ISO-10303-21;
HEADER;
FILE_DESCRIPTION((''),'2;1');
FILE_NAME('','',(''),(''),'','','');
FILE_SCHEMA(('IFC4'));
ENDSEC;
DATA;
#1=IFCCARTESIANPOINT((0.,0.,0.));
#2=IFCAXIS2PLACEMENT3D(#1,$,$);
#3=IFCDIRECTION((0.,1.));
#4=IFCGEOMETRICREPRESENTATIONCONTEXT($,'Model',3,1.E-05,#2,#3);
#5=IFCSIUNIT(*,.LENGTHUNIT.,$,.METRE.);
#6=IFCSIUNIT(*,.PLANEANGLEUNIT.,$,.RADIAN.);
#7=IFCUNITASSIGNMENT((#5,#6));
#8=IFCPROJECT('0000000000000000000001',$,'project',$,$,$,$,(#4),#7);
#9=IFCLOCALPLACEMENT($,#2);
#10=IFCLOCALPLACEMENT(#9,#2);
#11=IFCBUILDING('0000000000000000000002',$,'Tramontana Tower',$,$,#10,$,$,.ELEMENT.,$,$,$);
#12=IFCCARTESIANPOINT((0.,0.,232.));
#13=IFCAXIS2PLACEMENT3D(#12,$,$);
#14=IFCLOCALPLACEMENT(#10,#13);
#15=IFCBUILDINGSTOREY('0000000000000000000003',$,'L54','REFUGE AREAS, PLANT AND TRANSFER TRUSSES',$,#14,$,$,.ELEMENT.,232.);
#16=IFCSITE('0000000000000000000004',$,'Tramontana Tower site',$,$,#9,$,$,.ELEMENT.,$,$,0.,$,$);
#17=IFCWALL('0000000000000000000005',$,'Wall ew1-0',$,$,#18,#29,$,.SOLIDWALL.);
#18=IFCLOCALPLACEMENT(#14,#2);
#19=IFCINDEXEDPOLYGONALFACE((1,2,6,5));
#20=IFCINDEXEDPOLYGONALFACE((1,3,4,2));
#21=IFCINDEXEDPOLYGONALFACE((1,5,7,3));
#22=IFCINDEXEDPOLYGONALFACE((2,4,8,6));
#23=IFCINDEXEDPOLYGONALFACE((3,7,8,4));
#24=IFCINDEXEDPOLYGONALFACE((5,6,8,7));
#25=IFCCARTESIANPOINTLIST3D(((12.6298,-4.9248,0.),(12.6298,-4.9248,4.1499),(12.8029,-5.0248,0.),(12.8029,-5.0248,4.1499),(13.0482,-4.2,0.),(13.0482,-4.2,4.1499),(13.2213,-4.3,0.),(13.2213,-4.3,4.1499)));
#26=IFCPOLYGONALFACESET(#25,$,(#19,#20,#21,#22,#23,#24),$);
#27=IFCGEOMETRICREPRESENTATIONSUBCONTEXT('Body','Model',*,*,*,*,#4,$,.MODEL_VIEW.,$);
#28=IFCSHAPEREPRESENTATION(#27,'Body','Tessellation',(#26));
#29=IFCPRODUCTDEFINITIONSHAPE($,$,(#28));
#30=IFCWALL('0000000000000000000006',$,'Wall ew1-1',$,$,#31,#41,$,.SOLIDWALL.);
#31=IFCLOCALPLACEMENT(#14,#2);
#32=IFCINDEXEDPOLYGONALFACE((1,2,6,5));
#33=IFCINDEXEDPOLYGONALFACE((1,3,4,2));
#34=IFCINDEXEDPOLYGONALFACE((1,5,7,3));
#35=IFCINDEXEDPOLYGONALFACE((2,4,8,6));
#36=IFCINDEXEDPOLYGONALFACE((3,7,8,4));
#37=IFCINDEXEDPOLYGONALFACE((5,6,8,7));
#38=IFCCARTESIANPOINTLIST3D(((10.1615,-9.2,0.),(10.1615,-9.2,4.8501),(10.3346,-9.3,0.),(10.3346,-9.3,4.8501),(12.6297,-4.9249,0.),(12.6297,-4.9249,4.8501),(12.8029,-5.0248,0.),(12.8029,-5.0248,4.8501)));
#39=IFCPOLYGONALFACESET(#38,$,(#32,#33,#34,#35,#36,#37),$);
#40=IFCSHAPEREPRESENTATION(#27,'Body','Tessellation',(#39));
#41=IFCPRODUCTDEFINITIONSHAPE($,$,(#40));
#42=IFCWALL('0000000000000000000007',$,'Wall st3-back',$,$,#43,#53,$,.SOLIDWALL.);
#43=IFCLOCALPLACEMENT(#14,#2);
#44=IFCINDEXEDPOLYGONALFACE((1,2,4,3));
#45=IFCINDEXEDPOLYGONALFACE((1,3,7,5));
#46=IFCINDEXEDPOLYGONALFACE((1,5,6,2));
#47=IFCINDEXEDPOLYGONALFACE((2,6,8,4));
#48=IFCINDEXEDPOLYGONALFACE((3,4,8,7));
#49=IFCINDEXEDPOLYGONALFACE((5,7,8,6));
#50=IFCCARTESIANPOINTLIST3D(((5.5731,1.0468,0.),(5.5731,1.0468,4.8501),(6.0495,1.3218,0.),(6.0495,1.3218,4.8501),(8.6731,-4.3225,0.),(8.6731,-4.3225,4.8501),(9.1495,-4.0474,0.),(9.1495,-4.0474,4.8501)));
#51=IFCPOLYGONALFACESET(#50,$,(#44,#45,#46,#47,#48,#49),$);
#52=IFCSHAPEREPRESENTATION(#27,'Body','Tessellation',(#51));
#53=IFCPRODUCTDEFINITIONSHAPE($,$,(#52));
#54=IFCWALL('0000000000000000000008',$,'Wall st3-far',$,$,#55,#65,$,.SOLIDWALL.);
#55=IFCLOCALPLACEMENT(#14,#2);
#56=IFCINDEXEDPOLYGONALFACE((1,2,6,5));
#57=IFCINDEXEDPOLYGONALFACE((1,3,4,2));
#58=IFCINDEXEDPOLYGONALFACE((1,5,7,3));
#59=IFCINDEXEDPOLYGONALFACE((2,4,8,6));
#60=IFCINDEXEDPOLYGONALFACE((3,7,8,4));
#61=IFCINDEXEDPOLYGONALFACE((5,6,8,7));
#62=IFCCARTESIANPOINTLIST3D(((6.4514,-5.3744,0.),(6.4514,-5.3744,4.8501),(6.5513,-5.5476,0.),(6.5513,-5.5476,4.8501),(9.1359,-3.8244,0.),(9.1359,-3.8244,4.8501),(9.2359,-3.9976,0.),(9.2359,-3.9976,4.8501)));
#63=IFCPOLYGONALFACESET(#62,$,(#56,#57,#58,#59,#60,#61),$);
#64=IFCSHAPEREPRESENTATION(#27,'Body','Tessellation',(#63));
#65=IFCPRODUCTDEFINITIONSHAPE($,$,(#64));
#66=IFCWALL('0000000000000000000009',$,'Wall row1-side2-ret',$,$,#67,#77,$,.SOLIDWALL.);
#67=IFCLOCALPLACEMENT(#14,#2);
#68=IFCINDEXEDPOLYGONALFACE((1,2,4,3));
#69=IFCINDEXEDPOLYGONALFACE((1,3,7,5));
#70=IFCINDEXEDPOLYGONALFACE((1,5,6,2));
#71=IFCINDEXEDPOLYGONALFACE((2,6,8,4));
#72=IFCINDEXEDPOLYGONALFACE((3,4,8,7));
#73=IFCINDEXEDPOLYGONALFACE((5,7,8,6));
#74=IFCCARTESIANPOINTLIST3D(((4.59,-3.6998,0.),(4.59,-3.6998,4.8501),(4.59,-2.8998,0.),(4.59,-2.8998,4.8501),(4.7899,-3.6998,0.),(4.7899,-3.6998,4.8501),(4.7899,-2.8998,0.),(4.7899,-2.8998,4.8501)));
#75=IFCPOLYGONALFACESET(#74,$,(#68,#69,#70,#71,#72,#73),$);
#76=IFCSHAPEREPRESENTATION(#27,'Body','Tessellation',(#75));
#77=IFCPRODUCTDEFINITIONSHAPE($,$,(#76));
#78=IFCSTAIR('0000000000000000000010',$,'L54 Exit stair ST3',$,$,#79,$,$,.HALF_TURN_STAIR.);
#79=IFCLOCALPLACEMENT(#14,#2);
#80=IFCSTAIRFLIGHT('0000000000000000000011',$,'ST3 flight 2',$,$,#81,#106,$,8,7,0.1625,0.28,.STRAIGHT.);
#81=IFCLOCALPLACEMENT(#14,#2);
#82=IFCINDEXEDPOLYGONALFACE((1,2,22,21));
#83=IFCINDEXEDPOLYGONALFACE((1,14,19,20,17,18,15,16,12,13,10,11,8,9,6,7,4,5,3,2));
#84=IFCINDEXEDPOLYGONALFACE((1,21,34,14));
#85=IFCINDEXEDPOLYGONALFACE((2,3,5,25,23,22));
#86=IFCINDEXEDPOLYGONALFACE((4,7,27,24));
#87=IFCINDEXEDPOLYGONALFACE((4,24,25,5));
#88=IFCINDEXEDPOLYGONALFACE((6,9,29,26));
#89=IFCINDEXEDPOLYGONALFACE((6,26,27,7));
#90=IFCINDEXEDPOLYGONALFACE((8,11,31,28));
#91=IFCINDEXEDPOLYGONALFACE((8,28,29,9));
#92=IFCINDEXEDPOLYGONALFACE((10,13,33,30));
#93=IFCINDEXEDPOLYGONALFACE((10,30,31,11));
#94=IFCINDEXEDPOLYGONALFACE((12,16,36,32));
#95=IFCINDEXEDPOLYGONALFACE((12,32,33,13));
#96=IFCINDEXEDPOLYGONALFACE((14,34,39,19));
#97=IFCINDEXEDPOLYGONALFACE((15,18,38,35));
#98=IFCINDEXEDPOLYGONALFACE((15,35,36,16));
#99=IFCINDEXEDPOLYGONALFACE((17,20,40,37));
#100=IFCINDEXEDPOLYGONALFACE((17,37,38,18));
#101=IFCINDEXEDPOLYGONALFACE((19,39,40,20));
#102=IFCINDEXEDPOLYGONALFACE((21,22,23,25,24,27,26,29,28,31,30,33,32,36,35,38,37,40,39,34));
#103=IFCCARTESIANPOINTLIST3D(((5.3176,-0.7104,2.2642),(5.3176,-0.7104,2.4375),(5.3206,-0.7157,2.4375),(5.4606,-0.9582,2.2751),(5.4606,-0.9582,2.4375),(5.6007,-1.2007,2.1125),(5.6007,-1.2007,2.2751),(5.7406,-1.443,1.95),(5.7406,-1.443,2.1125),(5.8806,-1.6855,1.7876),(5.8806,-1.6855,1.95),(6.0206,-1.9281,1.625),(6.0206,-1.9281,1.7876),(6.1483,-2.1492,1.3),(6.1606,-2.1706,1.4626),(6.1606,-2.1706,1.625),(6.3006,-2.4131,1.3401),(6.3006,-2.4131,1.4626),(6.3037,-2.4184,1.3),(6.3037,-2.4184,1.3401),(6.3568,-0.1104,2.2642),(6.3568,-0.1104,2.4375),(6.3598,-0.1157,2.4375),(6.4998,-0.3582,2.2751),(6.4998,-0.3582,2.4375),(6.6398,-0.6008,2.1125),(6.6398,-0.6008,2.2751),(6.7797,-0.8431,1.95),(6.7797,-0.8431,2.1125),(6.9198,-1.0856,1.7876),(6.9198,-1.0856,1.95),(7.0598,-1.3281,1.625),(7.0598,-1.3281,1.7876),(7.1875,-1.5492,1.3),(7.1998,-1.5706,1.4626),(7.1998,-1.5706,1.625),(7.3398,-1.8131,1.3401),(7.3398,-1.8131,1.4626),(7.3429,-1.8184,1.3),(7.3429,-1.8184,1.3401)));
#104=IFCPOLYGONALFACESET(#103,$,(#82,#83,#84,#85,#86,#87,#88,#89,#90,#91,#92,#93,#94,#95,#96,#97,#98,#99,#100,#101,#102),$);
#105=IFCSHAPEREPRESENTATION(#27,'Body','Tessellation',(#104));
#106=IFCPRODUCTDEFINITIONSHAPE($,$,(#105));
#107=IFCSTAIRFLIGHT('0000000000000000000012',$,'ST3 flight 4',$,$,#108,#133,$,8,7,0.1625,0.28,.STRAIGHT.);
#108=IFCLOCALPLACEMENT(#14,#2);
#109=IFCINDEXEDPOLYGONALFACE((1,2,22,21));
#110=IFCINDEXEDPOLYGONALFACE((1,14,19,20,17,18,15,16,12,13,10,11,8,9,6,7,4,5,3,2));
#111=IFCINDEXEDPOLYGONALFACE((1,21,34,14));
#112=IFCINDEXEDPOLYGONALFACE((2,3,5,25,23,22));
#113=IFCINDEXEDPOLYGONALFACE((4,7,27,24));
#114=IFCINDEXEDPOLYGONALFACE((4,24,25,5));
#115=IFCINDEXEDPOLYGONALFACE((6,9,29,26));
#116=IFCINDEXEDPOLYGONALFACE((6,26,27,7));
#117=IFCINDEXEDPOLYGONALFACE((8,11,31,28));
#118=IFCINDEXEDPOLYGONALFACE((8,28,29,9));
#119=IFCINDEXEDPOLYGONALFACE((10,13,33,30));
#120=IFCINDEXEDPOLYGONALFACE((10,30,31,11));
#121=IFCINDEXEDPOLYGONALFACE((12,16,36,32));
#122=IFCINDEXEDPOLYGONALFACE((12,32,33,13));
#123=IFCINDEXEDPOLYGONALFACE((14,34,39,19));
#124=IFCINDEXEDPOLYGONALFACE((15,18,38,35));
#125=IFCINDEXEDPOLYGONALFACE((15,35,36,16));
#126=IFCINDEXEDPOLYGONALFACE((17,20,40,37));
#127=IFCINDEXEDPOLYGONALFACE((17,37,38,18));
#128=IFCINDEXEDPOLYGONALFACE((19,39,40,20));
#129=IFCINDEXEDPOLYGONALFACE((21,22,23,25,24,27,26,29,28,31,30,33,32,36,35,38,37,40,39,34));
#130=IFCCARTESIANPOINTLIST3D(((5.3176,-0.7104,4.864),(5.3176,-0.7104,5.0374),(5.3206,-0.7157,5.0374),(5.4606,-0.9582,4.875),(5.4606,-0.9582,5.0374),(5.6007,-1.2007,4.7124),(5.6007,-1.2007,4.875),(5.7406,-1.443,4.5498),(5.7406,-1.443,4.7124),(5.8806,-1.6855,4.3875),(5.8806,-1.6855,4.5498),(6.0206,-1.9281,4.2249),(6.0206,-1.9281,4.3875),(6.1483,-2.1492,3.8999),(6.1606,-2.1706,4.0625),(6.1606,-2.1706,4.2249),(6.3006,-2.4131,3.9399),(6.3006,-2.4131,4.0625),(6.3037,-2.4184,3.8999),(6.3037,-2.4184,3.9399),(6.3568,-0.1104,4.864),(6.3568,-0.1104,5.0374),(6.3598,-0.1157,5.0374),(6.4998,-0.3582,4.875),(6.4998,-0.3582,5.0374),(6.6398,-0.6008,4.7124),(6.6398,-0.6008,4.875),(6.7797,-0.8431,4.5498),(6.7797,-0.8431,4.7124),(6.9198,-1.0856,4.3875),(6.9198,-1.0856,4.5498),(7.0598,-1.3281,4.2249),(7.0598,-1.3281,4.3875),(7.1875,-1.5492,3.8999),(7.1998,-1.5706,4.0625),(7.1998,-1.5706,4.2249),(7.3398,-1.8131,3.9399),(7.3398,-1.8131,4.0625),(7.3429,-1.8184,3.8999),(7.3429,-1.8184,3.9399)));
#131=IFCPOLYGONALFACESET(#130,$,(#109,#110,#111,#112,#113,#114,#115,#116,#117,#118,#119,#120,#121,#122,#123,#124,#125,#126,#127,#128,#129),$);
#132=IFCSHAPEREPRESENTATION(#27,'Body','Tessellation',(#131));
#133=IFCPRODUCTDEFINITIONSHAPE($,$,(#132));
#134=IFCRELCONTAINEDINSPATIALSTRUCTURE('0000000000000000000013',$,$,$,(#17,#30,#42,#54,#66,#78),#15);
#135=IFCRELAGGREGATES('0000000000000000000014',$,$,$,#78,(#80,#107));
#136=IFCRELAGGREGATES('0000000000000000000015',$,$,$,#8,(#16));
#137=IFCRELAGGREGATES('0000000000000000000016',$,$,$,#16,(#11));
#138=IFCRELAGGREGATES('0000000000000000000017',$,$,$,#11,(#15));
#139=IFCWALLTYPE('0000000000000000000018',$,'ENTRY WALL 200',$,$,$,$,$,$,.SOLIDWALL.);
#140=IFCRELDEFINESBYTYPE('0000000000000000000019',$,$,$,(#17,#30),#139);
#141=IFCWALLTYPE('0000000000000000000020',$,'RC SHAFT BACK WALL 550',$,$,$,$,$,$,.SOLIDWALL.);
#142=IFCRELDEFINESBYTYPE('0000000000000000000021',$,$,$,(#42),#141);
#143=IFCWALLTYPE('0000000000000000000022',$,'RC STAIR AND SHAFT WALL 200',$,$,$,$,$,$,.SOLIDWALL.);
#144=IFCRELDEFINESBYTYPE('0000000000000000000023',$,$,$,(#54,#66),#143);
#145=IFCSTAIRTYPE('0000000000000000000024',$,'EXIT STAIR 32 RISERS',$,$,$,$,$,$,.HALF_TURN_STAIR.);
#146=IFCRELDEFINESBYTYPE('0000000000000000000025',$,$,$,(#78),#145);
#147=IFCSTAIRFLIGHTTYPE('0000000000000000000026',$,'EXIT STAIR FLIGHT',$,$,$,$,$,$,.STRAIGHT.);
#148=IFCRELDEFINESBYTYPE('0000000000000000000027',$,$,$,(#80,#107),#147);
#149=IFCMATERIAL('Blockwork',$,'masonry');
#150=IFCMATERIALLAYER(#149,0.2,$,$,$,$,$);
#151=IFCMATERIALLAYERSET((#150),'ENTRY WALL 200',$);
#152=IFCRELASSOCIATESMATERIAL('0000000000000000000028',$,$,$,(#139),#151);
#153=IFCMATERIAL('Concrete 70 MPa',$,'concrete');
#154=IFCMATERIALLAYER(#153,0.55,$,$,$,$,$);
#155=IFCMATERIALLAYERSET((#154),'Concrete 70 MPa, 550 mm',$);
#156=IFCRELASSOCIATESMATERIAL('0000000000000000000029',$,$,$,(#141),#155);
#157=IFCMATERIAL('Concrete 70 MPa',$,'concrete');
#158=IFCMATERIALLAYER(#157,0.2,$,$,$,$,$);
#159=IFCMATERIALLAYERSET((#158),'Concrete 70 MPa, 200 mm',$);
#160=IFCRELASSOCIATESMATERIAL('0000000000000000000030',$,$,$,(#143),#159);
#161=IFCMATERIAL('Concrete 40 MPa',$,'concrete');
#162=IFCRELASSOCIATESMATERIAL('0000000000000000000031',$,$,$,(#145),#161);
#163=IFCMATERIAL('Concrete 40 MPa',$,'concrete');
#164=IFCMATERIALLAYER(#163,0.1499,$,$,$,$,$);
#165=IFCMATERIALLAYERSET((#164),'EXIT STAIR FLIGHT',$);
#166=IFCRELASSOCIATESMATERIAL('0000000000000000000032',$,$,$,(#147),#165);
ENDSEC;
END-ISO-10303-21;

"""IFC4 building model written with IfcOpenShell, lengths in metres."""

from ifc_helpers import new_model, si_unit, direction, frame, frame_2d, origin, place, context, subcontext, project, spatial, polyline, rectangle, outline, extrude, material, layer, layer_set, type_object, element, aggregate, save


model = new_model("IFC4")

# Units and contexts
model_context = context("Model", 3, precision=1e-05, world=origin(), true_north=direction((0.0, 1.0)))
body_context = subcontext(model_context, "Body", "Model", "MODEL_VIEW")
ifc_project = project(units=[si_unit("LENGTHUNIT", "METRE"), si_unit("PLANEANGLEUNIT", "RADIAN")], contexts=[model_context])

# Site, building, storey
site_placement = place(None, origin())
site = spatial("IfcSite", under=ifc_project, at=site_placement, Name="Tramontana Tower site", CompositionType="ELEMENT", RefElevation=0.0)
building_placement = place(site_placement, origin())
building = spatial("IfcBuilding", under=site, at=building_placement, Name="Tramontana Tower", CompositionType="ELEMENT")
storey_placement = place(building_placement, frame((0.0, 0.0, 232.0)))
storey = spatial("IfcBuildingStorey", under=building, at=storey_placement, Name="L54", Description="REFUGE AREAS, PLANT AND TRANSFER TRUSSES", CompositionType="ELEMENT", Elevation=232.0)

# Walls
ifc_material_1 = material(Name="Blockwork", Category="masonry")
ifc_layer_1 = layer(ifc_material_1, 0.2)
ifc_layer_set_1 = layer_set([ifc_layer_1], Name="ENTRY WALL 200")
wall_type_1 = type_object("IfcWallType", Name="ENTRY WALL 200", PredefinedType="SOLIDWALL", material=ifc_layer_set_1)
wall_1_placement = place(storey_placement, frame((13.1348, -4.25, 0.0), z_axis=(0.0, 0.0, 1.0), x_axis=(-0.499967, -0.866045, 0.0)))
element("IfcWall", 1, at=wall_1_placement, inside=storey, type_object=wall_type_1, Name="Wall ew1-0", PredefinedType="SOLIDWALL", context=body_context, shape_type="SweptSolid", body=[
    extrude(rectangle(XDim=0.8369, YDim=0.2, at=frame_2d((0.4185, 0.0))), origin(), (0.0, 0.0, 1.0), 4.1499),
])
wall_2_placement = place(storey_placement, frame((12.7163, -4.9749, 0.0), z_axis=(0.0, 0.0, 1.0), x_axis=(-0.500001, -0.866025, 0.0)))
element("IfcWall", 2, at=wall_2_placement, inside=storey, type_object=wall_type_1, Name="Wall ew1-1", PredefinedType="SOLIDWALL", context=body_context, shape_type="SweptSolid", body=[
    extrude(rectangle(XDim=4.9365, YDim=0.2, at=frame_2d((2.4683, 0.0))), origin(), (0.0, 0.0, 1.0), 4.8501),
])
ifc_material_2 = material(Name="Concrete 70 MPa", Category="concrete")
ifc_layer_2 = layer(ifc_material_2, 0.55)
ifc_layer_set_2 = layer_set([ifc_layer_2], Name="Concrete 70 MPa, 550 mm")
wall_type_2 = type_object("IfcWallType", Name="RC SHAFT BACK WALL 550", PredefinedType="SOLIDWALL", material=ifc_layer_set_2)
wall_3_placement = place(storey_placement, frame((8.9114, -4.1851, 0.0), z_axis=(0.0, 0.0, 1.0), x_axis=(-0.50001, 0.86602, 0.0)))
element("IfcWall", 3, at=wall_3_placement, inside=storey, type_object=wall_type_2, Name="Wall st3-back", PredefinedType="SOLIDWALL", context=body_context, shape_type="SweptSolid", body=[
    extrude(rectangle(XDim=6.2, YDim=0.55, at=frame_2d((3.1001, 0.0))), origin(), (0.0, 0.0, 1.0), 4.8501),
])
ifc_material_3 = material(Name="Concrete 70 MPa", Category="concrete")
ifc_layer_3 = layer(ifc_material_3, 0.2)
ifc_layer_set_3 = layer_set([ifc_layer_3], Name="Concrete 70 MPa, 200 mm")
wall_type_3 = type_object("IfcWallType", Name="RC STAIR AND SHAFT WALL 200", PredefinedType="SOLIDWALL", material=ifc_layer_set_3)
wall_4_placement = place(storey_placement, frame((6.5015, -5.4609, 0.0), z_axis=(0.0, 0.0, 1.0), x_axis=(0.86601, 0.500027, 0.0)))
element("IfcWall", 4, at=wall_4_placement, inside=storey, type_object=wall_type_3, Name="Wall st3-far", PredefinedType="SOLIDWALL", context=body_context, shape_type="SweptSolid", body=[
    extrude(rectangle(XDim=3.0999, YDim=0.2, at=frame_2d((1.5498, 0.0))), origin(), (0.0, 0.0, 1.0), 4.8501),
])
wall_5_placement = place(storey_placement, frame((4.6899, -2.8999, 0.0), z_axis=(0.0, 0.0, 1.0), x_axis=(0.0, -1.0, 0.0)))
element("IfcWall", 5, at=wall_5_placement, inside=storey, type_object=wall_type_3, Name="Wall row1-side2-ret", PredefinedType="SOLIDWALL", context=body_context, shape_type="SweptSolid", body=[
    extrude(rectangle(XDim=0.8, YDim=0.2, at=frame_2d((0.3999, 0.0))), origin(), (0.0, 0.0, 1.0), 4.8501),
])

# Stair, stair flights
ifc_material_4 = material(Name="Concrete 40 MPa", Category="concrete")
stair_type = type_object("IfcStairType", Name="EXIT STAIR 32 RISERS", PredefinedType="HALF_TURN_STAIR", material=ifc_material_4)
stair_placement = place(storey_placement, origin())
stair = element("IfcStair", 6, at=stair_placement, inside=storey, type_object=stair_type, Name="L54 Exit stair ST3", PredefinedType="HALF_TURN_STAIR")
ifc_material_5 = material(Name="Concrete 40 MPa", Category="concrete")
ifc_layer_4 = layer(ifc_material_5, 0.1499)
ifc_layer_set_4 = layer_set([ifc_layer_4], Name="EXIT STAIR FLIGHT")
stair_flight_type = type_object("IfcStairFlightType", Name="EXIT STAIR FLIGHT", PredefinedType="STRAIGHT", material=ifc_layer_set_4)
stair_flight_1_placement = place(storey_placement, frame((6.8203, -2.113, 1.3), z_axis=(0.0, 0.0, 1.0), x_axis=(-0.5, 0.866025, 0.0)))
stair_flight_1 = element("IfcStairFlight", 7, at=stair_flight_1_placement, type_object=stair_flight_type, Name="ST3 flight 2", NumberOfRisers=8, NumberOfTreads=7, PredefinedType="STRAIGHT", RiserHeight=0.1625, TreadLength=0.28, context=body_context, shape_type="SweptSolid", body=[
    extrude(outline(polyline([(-0.0061, 0.0), (-0.0061, 0.04), (0.0, 0.04), (0.0, 0.1626), (0.28, 0.1626), (0.28, 0.325), (0.5601, 0.325), (0.5601, 0.4875), (0.8401, 0.4875), (0.8401, 0.6499), (1.1201, 0.6499), (1.1201, 0.8125), (1.3999, 0.8125), (1.3999, 0.9751), (1.6799, 0.9751), (1.6799, 1.1375), (1.96, 1.1375), (1.9661, 1.1375), (1.9661, 0.9641), (0.3047, 0.0), (-0.0061, 0.0)])), frame((0.0, 0.6001, 0.0), z_axis=(0.0, -1.0, 0.0), x_axis=(1.0, 0.0, 0.0)), (0.0, 0.0, 1.0), 1.2),
])
stair_flight_2_placement = place(storey_placement, frame((6.8203, -2.113, 3.8999), z_axis=(0.0, 0.0, 1.0), x_axis=(-0.5, 0.866025, 0.0)))
stair_flight_2 = element("IfcStairFlight", 8, at=stair_flight_2_placement, type_object=stair_flight_type, Name="ST3 flight 4", NumberOfRisers=8, NumberOfTreads=7, PredefinedType="STRAIGHT", RiserHeight=0.1625, TreadLength=0.28, context=body_context, shape_type="SweptSolid", body=[
    extrude(outline(polyline([(-0.0061, 0.0), (-0.0061, 0.04), (0.0, 0.04), (0.0, 0.1626), (0.28, 0.1626), (0.28, 0.325), (0.5601, 0.325), (0.5601, 0.4875), (0.8401, 0.4875), (0.8401, 0.6499), (1.1201, 0.6499), (1.1201, 0.8125), (1.3999, 0.8125), (1.3999, 0.9751), (1.6799, 0.9751), (1.6799, 1.1375), (1.96, 1.1375), (1.9661, 1.1375), (1.9661, 0.9641), (0.3047, 0.0), (-0.0061, 0.0)])), frame((0.0, 0.6001, 0.0), z_axis=(0.0, -1.0, 0.0), x_axis=(1.0, 0.0, 0.0)), (0.0, 0.0, 1.0), 1.2),
])
aggregate(stair, [stair_flight_1, stair_flight_2])

save(model, "model.ifc")
